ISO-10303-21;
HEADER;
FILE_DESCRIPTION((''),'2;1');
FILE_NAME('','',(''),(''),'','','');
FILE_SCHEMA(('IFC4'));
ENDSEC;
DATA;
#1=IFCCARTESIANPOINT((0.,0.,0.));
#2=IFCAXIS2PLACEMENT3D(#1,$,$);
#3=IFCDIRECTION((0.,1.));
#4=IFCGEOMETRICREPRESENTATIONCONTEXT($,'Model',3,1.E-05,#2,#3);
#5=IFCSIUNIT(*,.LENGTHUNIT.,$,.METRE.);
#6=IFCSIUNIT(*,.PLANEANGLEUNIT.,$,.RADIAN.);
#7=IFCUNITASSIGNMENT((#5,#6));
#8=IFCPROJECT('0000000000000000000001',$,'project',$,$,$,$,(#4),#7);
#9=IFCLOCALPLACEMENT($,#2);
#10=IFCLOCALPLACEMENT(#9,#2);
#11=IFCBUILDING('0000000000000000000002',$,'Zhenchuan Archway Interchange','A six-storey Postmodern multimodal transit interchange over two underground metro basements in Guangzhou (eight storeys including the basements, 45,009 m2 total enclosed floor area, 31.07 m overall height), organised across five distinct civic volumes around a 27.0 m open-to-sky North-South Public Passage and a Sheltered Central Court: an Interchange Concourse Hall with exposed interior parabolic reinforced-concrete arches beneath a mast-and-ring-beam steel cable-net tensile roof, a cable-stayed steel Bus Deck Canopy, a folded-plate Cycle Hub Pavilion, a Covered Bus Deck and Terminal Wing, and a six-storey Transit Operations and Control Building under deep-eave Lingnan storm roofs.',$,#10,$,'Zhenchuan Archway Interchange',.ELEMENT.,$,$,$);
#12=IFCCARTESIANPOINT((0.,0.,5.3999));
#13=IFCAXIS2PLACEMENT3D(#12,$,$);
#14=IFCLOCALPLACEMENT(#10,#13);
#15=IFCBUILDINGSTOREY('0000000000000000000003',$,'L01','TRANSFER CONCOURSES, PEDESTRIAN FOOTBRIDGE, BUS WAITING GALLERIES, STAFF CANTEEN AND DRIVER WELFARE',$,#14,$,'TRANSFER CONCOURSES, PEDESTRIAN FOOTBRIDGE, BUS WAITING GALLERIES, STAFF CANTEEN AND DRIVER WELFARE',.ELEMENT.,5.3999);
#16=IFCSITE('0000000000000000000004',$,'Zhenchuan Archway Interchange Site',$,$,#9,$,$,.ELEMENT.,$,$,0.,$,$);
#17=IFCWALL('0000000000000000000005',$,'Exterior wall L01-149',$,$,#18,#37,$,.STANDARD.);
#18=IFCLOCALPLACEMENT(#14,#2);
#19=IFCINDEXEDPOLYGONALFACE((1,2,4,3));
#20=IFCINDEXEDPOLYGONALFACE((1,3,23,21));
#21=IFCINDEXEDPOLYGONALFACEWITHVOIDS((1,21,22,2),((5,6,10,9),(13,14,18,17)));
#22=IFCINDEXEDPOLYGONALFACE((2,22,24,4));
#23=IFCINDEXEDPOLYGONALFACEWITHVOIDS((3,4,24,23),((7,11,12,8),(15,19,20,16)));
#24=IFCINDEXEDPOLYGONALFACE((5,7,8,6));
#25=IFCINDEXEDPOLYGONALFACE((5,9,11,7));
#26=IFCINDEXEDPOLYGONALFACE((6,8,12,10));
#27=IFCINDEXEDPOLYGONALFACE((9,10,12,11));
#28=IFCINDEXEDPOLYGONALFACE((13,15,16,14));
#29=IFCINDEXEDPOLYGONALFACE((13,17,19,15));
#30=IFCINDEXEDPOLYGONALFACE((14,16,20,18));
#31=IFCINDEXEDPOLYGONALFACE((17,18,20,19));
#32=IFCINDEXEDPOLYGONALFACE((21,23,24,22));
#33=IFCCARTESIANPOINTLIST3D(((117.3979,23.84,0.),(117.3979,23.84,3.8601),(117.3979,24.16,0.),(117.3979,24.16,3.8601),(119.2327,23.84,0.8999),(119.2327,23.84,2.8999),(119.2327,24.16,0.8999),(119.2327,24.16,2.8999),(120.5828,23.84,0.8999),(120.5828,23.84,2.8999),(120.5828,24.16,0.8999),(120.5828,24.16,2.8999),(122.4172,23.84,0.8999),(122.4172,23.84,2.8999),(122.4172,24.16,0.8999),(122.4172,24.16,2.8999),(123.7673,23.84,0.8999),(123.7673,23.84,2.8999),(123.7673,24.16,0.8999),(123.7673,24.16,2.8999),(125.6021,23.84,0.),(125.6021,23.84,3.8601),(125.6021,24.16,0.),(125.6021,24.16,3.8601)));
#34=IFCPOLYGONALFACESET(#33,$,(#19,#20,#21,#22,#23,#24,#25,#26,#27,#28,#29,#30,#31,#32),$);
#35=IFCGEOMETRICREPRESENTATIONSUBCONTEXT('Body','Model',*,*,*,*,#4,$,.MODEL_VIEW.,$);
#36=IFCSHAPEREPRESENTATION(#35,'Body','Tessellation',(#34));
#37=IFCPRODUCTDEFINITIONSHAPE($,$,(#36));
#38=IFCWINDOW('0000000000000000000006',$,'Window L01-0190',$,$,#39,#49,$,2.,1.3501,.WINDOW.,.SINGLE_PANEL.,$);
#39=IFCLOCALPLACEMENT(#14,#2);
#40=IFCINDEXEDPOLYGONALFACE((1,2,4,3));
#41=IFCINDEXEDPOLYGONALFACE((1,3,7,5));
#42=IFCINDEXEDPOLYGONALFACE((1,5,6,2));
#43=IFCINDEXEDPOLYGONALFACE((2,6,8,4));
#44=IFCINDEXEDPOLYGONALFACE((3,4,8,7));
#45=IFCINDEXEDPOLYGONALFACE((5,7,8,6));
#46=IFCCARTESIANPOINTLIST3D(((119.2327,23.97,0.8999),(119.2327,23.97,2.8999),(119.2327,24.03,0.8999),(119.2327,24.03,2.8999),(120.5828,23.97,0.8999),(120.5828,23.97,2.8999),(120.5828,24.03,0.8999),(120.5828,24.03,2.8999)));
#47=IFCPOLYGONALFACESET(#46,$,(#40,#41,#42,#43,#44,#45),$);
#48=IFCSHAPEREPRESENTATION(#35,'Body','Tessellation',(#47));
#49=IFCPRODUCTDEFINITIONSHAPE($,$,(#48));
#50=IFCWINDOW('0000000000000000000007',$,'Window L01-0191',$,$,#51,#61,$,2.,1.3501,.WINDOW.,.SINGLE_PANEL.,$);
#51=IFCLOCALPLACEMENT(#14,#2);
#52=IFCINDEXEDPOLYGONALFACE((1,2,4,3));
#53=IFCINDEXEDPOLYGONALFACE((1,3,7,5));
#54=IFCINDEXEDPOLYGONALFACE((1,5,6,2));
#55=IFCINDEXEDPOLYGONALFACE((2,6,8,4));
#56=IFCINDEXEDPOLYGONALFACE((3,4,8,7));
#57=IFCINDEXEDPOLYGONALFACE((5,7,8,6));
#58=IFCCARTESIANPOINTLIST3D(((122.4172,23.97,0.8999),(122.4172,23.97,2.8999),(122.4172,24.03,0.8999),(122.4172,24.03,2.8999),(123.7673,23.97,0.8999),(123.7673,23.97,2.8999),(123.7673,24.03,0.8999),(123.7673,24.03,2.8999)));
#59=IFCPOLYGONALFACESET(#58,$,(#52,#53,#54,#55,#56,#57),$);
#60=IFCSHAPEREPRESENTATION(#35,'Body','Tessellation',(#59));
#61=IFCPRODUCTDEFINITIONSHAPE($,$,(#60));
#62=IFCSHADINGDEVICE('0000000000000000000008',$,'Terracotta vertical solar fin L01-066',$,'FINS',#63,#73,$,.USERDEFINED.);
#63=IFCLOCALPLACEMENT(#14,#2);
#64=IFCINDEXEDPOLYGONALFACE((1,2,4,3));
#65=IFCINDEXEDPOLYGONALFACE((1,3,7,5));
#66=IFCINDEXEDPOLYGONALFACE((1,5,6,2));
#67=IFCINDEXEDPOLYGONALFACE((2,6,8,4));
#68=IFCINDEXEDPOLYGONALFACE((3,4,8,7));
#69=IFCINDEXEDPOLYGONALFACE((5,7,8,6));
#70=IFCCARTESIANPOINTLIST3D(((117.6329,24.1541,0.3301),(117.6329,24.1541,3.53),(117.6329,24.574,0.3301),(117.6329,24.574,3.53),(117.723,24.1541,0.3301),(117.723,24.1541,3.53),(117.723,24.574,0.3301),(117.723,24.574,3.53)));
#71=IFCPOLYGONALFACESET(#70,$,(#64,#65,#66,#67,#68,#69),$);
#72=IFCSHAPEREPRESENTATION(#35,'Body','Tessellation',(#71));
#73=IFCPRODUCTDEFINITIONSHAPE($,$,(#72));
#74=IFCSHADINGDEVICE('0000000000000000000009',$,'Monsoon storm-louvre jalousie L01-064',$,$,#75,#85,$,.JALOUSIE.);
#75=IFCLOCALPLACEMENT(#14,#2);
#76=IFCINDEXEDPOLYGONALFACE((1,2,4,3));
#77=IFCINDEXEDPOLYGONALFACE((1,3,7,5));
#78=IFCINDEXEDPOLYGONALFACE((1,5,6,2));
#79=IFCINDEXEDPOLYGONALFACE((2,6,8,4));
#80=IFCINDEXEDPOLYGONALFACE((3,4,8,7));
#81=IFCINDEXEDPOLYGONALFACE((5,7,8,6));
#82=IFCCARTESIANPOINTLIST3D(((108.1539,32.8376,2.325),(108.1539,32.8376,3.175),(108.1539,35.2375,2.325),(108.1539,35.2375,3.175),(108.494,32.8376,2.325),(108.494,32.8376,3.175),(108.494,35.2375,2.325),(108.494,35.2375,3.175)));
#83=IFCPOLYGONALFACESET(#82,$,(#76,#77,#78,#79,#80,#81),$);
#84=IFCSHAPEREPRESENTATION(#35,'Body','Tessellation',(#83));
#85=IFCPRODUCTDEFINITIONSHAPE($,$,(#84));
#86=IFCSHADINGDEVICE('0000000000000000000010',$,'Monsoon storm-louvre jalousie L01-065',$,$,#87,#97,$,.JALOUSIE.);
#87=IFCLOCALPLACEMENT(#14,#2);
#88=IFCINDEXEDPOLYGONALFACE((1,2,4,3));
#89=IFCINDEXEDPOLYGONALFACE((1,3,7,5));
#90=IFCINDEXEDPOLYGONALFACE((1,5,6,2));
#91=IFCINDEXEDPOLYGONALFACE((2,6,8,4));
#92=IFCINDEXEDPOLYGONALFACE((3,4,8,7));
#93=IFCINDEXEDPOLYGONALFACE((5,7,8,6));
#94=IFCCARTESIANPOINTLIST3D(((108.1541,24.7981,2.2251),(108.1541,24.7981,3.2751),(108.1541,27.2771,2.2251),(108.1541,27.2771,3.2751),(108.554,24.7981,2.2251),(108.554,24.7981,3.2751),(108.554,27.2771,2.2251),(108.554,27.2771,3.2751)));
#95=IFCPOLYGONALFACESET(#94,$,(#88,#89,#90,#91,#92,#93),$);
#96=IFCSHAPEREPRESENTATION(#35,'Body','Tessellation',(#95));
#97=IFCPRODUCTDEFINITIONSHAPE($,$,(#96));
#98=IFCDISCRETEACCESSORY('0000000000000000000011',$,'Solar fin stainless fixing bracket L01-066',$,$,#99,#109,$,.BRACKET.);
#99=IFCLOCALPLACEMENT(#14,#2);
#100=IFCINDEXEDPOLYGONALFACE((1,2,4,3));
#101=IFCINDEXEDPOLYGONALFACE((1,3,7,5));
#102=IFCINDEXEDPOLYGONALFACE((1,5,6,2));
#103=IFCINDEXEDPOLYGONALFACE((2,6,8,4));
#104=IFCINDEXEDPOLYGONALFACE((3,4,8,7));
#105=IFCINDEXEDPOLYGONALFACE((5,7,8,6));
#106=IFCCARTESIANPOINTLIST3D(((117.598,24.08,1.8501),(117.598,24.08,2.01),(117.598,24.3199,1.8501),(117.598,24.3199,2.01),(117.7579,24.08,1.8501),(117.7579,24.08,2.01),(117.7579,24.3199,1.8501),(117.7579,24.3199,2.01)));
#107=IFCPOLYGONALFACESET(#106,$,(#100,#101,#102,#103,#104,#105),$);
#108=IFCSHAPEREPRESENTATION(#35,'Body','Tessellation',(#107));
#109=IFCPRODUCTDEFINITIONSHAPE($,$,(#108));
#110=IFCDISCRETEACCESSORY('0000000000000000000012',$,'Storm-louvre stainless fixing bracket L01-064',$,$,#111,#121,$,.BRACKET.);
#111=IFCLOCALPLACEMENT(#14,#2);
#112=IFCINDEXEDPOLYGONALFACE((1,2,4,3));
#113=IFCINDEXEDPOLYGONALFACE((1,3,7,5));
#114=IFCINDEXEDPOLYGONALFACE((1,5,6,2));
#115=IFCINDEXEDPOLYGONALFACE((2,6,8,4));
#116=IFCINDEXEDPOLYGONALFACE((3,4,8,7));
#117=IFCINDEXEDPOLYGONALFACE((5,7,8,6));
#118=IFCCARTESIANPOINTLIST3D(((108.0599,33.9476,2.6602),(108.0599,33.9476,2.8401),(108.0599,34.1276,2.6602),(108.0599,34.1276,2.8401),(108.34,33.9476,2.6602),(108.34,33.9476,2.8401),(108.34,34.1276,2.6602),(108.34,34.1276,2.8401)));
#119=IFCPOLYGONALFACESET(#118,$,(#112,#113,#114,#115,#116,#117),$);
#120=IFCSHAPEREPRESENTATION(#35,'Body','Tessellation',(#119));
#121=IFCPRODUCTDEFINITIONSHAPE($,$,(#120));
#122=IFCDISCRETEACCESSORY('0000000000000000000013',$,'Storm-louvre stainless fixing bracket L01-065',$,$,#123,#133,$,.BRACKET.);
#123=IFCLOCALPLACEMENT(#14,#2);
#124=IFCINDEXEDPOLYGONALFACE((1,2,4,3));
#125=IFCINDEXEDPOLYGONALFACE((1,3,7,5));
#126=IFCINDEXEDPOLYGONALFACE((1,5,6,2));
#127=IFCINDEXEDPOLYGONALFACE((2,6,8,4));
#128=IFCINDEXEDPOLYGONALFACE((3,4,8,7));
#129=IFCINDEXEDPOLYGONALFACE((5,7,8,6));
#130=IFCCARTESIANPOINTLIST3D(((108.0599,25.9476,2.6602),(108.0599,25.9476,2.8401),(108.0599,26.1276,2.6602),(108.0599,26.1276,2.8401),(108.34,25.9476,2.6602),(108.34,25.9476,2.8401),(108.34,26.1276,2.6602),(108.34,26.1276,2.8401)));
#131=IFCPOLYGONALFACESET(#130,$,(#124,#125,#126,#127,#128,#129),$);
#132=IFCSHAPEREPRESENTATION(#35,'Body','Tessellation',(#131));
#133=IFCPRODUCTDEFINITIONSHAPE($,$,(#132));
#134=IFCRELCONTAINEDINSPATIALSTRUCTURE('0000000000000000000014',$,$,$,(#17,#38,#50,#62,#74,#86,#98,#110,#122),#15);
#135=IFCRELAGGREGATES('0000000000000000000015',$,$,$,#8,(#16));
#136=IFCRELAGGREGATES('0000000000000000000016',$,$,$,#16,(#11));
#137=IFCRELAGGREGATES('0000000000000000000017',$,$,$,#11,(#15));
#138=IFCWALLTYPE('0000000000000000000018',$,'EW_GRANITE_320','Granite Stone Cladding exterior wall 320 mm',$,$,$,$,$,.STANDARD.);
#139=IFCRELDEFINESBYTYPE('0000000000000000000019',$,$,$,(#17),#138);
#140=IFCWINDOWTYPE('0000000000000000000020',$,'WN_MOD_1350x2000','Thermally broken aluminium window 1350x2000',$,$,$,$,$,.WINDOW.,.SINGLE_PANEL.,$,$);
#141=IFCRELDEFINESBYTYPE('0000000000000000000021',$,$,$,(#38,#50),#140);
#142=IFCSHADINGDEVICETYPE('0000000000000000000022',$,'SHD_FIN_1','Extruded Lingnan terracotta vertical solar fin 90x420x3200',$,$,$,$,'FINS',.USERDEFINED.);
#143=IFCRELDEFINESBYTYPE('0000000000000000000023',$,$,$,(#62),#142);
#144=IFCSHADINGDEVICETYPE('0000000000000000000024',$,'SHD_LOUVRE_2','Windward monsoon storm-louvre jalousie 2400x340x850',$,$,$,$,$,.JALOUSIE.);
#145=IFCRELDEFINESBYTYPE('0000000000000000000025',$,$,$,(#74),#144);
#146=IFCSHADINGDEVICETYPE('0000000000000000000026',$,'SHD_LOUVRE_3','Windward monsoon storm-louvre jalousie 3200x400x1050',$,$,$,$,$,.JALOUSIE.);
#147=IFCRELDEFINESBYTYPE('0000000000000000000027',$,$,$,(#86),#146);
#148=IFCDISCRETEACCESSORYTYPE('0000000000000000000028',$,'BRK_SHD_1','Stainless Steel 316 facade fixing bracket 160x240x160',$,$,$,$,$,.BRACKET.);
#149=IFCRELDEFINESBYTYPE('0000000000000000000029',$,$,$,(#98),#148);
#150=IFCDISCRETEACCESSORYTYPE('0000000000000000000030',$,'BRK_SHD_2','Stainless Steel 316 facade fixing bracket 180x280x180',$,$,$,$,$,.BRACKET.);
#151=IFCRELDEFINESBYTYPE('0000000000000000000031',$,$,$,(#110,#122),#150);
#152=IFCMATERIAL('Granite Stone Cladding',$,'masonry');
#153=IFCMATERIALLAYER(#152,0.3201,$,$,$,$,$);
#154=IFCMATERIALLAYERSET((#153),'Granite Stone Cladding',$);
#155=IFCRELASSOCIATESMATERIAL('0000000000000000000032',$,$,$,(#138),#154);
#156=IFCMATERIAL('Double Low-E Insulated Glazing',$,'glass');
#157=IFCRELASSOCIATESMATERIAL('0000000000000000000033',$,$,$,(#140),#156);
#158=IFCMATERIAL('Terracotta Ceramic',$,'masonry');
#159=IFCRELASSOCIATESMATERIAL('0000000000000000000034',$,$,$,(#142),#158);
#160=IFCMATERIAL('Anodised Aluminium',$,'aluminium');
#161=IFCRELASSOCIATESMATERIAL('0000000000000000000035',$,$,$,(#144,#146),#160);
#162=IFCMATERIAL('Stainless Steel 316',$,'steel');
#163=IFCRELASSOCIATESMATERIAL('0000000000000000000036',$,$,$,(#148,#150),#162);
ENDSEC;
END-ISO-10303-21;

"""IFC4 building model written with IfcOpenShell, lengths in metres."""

from ifc_helpers import new_model, si_unit, direction, frame, frame_2d, origin, origin_2d, place, context, subcontext, project, spatial, rectangle, extrude, material, layer, layer_set, type_object, element, fill, save


model = new_model("IFC4")

# Units and contexts
model_context = context("Model", 3, precision=1e-05, world=origin(), true_north=direction((0.0, 1.0)))
body_context = subcontext(model_context, "Body", "Model", "MODEL_VIEW")
ifc_project = project(units=[si_unit("LENGTHUNIT", "METRE"), si_unit("PLANEANGLEUNIT", "RADIAN")], contexts=[model_context])

# Site, building, storey
site_placement = place(None, origin())
site = spatial("IfcSite", under=ifc_project, at=site_placement, Name="Zhenchuan Archway Interchange Site", CompositionType="ELEMENT", RefElevation=0.0)
building_placement = place(site_placement, origin())
building = spatial("IfcBuilding", under=site, at=building_placement, Name="Zhenchuan Archway Interchange", Description="A six-storey Postmodern multimodal transit interchange over two underground metro basements in Guangzhou (eight storeys including the basements, 45,009 m2 total enclosed floor area, 31.07 m overall height), organised across five distinct civic volumes around a 27.0 m open-to-sky North-South Public Passage and a Sheltered Central Court: an Interchange Concourse Hall with exposed interior parabolic reinforced-concrete arches beneath a mast-and-ring-beam steel cable-net tensile roof, a cable-stayed steel Bus Deck Canopy, a folded-plate Cycle Hub Pavilion, a Covered Bus Deck and Terminal Wing, and a six-storey Transit Operations and Control Building under deep-eave Lingnan storm roofs.", LongName="Zhenchuan Archway Interchange", CompositionType="ELEMENT")
storey_placement = place(building_placement, frame((0.0, 0.0, 5.3999)))
storey = spatial("IfcBuildingStorey", under=building, at=storey_placement, Name="L01", Description="TRANSFER CONCOURSES, PEDESTRIAN FOOTBRIDGE, BUS WAITING GALLERIES, STAFF CANTEEN AND DRIVER WELFARE", LongName="TRANSFER CONCOURSES, PEDESTRIAN FOOTBRIDGE, BUS WAITING GALLERIES, STAFF CANTEEN AND DRIVER WELFARE", CompositionType="ELEMENT", Elevation=5.3999)

# Shared definitions
ifc_material_1 = material(Name="Granite Stone Cladding", Category="masonry")
ifc_layer = layer(ifc_material_1, 0.3201)
ifc_layer_set = layer_set([ifc_layer], Name="Granite Stone Cladding")
wall_type = type_object("IfcWallType", Name="EW_GRANITE_320", Description="Granite Stone Cladding exterior wall 320 mm", PredefinedType="STANDARD", material=ifc_layer_set)
ifc_material_2 = material(Name="Double Low-E Insulated Glazing", Category="glass")
window_type_1 = type_object("IfcWindowType", Name="WN_MOD_1350x2000", Description="Thermally broken aluminium window 1350x2000", PartitioningType="SINGLE_PANEL", PredefinedType="WINDOW", material=ifc_material_2)

# Wall, openings, windows
wall_1_placement = place(storey_placement, frame((117.3979, 24.0, 0.0), z_axis=(0.0, 0.0, 1.0), x_axis=(1.0, 0.0, 0.0)))
wall_1 = element("IfcWall", 1, at=wall_1_placement, inside=storey, type_object=wall_type, Name="Exterior wall L01-149", PredefinedType="STANDARD", context=body_context, shape_type="SweptSolid", body=[
    extrude(rectangle(XDim=8.2041, YDim=0.3201, at=frame_2d((4.1021, 0.0))), origin(), (0.0, 0.0, 1.0), 3.8601),
])
opening_1_placement = place(wall_1_placement, frame((1.8347, 0.0, 0.8999)))
opening_1 = element("IfcOpeningElement", 2, at=opening_1_placement, cuts=wall_1, PredefinedType="OPENING", context=body_context, shape_type="SweptSolid", body=[
    extrude(rectangle(XDim=1.3501, YDim=2.0, at=frame_2d((0.675, 1.0))), frame((0.0, 0.1719, 0.0), z_axis=(0.0, -1.0, 0.0), x_axis=(1.0, 0.0, 0.0)), (0.0, 0.0, 1.0), 0.344),
])
opening_2_placement = place(wall_1_placement, frame((5.0193, 0.0, 0.8999)))
opening_2 = element("IfcOpeningElement", 3, at=opening_2_placement, cuts=wall_1, PredefinedType="OPENING", context=body_context, shape_type="SweptSolid", body=[
    extrude(rectangle(XDim=1.3501, YDim=2.0, at=frame_2d((0.675, 1.0))), frame((0.0, 0.1719, 0.0), z_axis=(0.0, -1.0, 0.0), x_axis=(1.0, 0.0, 0.0)), (0.0, 0.0, 1.0), 0.344),
])
window_1_placement = place(opening_1_placement, origin())
window_1 = element("IfcWindow", 4, at=window_1_placement, inside=storey, type_object=window_type_1, Name="Window L01-0190", OverallHeight=2.0, OverallWidth=1.3501, PartitioningType="SINGLE_PANEL", PredefinedType="WINDOW", context=body_context, shape_type="SweptSolid", body=[
    extrude(rectangle(XDim=1.3501, YDim=2.0, at=frame_2d((0.675, 1.0))), frame((0.0, 0.03, 0.0), z_axis=(0.0, -1.0, 0.0), x_axis=(1.0, 0.0, 0.0)), (0.0, 0.0, 1.0), 0.0601),
])
fill(opening_1, window_1)
window_2_placement = place(opening_2_placement, origin())
window_2 = element("IfcWindow", 5, at=window_2_placement, inside=storey, type_object=window_type_1, Name="Window L01-0191", OverallHeight=2.0, OverallWidth=1.3501, PartitioningType="SINGLE_PANEL", PredefinedType="WINDOW", context=body_context, shape_type="SweptSolid", body=[
    extrude(rectangle(XDim=1.3501, YDim=2.0, at=frame_2d((0.675, 1.0))), frame((0.0, 0.03, 0.0), z_axis=(0.0, -1.0, 0.0), x_axis=(1.0, 0.0, 0.0)), (0.0, 0.0, 1.0), 0.0601),
])
fill(opening_2, window_2)

# Shading devices
ifc_material_3 = material(Name="Terracotta Ceramic", Category="masonry")
shading_device_type_1 = type_object("IfcShadingDeviceType", Name="SHD_FIN_1", Description="Extruded Lingnan terracotta vertical solar fin 90x420x3200", ElementType="FINS", PredefinedType="USERDEFINED", material=ifc_material_3)
shading_device_1_placement = place(storey_placement, frame((117.678, 24.364, 0.3301), z_axis=(0.0, 0.0, 1.0), x_axis=(1.0, 0.0, 0.0)))
element("IfcShadingDevice", 6, at=shading_device_1_placement, inside=storey, type_object=shading_device_type_1, Name="Terracotta vertical solar fin L01-066", ObjectType="FINS", PredefinedType="USERDEFINED", context=body_context, shape_type="SweptSolid", body=[
    extrude(rectangle(XDim=0.0901, YDim=0.4199, at=origin_2d()), origin(), (0.0, 0.0, 1.0), 3.2),
])
ifc_material_4 = material(Name="Anodised Aluminium", Category="aluminium")
shading_device_type_2 = type_object("IfcShadingDeviceType", Name="SHD_LOUVRE_2", Description="Windward monsoon storm-louvre jalousie 2400x340x850", PredefinedType="JALOUSIE", material=ifc_material_4)
shading_device_2_placement = place(storey_placement, frame((108.324, 34.0376, 2.325), z_axis=(0.0, 0.0, 1.0), x_axis=(0.0, -1.0, 0.0)))
element("IfcShadingDevice", 7, at=shading_device_2_placement, inside=storey, type_object=shading_device_type_2, Name="Monsoon storm-louvre jalousie L01-064", PredefinedType="JALOUSIE", context=body_context, shape_type="SweptSolid", body=[
    extrude(rectangle(XDim=2.3999, YDim=0.3401, at=origin_2d()), origin(), (0.0, 0.0, 1.0), 0.8501),
])
shading_device_type_3 = type_object("IfcShadingDeviceType", Name="SHD_LOUVRE_3", Description="Windward monsoon storm-louvre jalousie 3200x400x1050", PredefinedType="JALOUSIE", material=ifc_material_4)
shading_device_3_placement = place(storey_placement, frame((108.354, 26.0376, 2.2251), z_axis=(0.0, 0.0, 1.0), x_axis=(0.0, -1.0, 0.0)))
element("IfcShadingDevice", 8, at=shading_device_3_placement, inside=storey, type_object=shading_device_type_3, Name="Monsoon storm-louvre jalousie L01-065", PredefinedType="JALOUSIE", context=body_context, shape_type="SweptSolid", body=[
    extrude(rectangle(XDim=2.479, YDim=0.3999, at=origin_2d()), origin(), (0.0, 0.0, 1.0), 1.05),
])

# Discrete accessories
ifc_material_5 = material(Name="Stainless Steel 316", Category="steel")
discrete_accessory_type_1 = type_object("IfcDiscreteAccessoryType", Name="BRK_SHD_1", Description="Stainless Steel 316 facade fixing bracket 160x240x160", PredefinedType="BRACKET", material=ifc_material_5)
discrete_accessory_placement = place(storey_placement, frame((117.678, 24.2, 1.8501), z_axis=(0.0, 0.0, 1.0), x_axis=(1.0, 0.0, 0.0)))
element("IfcDiscreteAccessory", 9, at=discrete_accessory_placement, inside=storey, type_object=discrete_accessory_type_1, Name="Solar fin stainless fixing bracket L01-066", PredefinedType="BRACKET", context=body_context, shape_type="SweptSolid", body=[
    extrude(rectangle(XDim=0.1599, YDim=0.24, at=origin_2d()), origin(), (0.0, 0.0, 1.0), 0.1599),
])
discrete_accessory_type_2 = type_object("IfcDiscreteAccessoryType", Name="BRK_SHD_2", Description="Stainless Steel 316 facade fixing bracket 180x280x180", PredefinedType="BRACKET", material=ifc_material_5)
for number, where, z_axis, x_axis, name in (
    (10, (108.2, 34.0376, 2.6602), (0.0, 0.0, 1.0), (0.0, -1.0, 0.0), "Storm-louvre stainless fixing bracket L01-064"),
    (11, (108.2, 26.0376, 2.6602), (0.0, 0.0, 1.0), (0.0, -1.0, 0.0), "Storm-louvre stainless fixing bracket L01-065"),
):
    element("IfcDiscreteAccessory", number, at=place(storey_placement, frame(where, z_axis=z_axis, x_axis=x_axis)), inside=storey, type_object=discrete_accessory_type_2, Name=name, PredefinedType="BRACKET", context=body_context, shape_type="SweptSolid", body=[
        extrude(rectangle(XDim=0.1799, YDim=0.28, at=origin_2d()), origin(), (0.0, 0.0, 1.0), 0.1799),
    ])

save(model, "model.ifc")
